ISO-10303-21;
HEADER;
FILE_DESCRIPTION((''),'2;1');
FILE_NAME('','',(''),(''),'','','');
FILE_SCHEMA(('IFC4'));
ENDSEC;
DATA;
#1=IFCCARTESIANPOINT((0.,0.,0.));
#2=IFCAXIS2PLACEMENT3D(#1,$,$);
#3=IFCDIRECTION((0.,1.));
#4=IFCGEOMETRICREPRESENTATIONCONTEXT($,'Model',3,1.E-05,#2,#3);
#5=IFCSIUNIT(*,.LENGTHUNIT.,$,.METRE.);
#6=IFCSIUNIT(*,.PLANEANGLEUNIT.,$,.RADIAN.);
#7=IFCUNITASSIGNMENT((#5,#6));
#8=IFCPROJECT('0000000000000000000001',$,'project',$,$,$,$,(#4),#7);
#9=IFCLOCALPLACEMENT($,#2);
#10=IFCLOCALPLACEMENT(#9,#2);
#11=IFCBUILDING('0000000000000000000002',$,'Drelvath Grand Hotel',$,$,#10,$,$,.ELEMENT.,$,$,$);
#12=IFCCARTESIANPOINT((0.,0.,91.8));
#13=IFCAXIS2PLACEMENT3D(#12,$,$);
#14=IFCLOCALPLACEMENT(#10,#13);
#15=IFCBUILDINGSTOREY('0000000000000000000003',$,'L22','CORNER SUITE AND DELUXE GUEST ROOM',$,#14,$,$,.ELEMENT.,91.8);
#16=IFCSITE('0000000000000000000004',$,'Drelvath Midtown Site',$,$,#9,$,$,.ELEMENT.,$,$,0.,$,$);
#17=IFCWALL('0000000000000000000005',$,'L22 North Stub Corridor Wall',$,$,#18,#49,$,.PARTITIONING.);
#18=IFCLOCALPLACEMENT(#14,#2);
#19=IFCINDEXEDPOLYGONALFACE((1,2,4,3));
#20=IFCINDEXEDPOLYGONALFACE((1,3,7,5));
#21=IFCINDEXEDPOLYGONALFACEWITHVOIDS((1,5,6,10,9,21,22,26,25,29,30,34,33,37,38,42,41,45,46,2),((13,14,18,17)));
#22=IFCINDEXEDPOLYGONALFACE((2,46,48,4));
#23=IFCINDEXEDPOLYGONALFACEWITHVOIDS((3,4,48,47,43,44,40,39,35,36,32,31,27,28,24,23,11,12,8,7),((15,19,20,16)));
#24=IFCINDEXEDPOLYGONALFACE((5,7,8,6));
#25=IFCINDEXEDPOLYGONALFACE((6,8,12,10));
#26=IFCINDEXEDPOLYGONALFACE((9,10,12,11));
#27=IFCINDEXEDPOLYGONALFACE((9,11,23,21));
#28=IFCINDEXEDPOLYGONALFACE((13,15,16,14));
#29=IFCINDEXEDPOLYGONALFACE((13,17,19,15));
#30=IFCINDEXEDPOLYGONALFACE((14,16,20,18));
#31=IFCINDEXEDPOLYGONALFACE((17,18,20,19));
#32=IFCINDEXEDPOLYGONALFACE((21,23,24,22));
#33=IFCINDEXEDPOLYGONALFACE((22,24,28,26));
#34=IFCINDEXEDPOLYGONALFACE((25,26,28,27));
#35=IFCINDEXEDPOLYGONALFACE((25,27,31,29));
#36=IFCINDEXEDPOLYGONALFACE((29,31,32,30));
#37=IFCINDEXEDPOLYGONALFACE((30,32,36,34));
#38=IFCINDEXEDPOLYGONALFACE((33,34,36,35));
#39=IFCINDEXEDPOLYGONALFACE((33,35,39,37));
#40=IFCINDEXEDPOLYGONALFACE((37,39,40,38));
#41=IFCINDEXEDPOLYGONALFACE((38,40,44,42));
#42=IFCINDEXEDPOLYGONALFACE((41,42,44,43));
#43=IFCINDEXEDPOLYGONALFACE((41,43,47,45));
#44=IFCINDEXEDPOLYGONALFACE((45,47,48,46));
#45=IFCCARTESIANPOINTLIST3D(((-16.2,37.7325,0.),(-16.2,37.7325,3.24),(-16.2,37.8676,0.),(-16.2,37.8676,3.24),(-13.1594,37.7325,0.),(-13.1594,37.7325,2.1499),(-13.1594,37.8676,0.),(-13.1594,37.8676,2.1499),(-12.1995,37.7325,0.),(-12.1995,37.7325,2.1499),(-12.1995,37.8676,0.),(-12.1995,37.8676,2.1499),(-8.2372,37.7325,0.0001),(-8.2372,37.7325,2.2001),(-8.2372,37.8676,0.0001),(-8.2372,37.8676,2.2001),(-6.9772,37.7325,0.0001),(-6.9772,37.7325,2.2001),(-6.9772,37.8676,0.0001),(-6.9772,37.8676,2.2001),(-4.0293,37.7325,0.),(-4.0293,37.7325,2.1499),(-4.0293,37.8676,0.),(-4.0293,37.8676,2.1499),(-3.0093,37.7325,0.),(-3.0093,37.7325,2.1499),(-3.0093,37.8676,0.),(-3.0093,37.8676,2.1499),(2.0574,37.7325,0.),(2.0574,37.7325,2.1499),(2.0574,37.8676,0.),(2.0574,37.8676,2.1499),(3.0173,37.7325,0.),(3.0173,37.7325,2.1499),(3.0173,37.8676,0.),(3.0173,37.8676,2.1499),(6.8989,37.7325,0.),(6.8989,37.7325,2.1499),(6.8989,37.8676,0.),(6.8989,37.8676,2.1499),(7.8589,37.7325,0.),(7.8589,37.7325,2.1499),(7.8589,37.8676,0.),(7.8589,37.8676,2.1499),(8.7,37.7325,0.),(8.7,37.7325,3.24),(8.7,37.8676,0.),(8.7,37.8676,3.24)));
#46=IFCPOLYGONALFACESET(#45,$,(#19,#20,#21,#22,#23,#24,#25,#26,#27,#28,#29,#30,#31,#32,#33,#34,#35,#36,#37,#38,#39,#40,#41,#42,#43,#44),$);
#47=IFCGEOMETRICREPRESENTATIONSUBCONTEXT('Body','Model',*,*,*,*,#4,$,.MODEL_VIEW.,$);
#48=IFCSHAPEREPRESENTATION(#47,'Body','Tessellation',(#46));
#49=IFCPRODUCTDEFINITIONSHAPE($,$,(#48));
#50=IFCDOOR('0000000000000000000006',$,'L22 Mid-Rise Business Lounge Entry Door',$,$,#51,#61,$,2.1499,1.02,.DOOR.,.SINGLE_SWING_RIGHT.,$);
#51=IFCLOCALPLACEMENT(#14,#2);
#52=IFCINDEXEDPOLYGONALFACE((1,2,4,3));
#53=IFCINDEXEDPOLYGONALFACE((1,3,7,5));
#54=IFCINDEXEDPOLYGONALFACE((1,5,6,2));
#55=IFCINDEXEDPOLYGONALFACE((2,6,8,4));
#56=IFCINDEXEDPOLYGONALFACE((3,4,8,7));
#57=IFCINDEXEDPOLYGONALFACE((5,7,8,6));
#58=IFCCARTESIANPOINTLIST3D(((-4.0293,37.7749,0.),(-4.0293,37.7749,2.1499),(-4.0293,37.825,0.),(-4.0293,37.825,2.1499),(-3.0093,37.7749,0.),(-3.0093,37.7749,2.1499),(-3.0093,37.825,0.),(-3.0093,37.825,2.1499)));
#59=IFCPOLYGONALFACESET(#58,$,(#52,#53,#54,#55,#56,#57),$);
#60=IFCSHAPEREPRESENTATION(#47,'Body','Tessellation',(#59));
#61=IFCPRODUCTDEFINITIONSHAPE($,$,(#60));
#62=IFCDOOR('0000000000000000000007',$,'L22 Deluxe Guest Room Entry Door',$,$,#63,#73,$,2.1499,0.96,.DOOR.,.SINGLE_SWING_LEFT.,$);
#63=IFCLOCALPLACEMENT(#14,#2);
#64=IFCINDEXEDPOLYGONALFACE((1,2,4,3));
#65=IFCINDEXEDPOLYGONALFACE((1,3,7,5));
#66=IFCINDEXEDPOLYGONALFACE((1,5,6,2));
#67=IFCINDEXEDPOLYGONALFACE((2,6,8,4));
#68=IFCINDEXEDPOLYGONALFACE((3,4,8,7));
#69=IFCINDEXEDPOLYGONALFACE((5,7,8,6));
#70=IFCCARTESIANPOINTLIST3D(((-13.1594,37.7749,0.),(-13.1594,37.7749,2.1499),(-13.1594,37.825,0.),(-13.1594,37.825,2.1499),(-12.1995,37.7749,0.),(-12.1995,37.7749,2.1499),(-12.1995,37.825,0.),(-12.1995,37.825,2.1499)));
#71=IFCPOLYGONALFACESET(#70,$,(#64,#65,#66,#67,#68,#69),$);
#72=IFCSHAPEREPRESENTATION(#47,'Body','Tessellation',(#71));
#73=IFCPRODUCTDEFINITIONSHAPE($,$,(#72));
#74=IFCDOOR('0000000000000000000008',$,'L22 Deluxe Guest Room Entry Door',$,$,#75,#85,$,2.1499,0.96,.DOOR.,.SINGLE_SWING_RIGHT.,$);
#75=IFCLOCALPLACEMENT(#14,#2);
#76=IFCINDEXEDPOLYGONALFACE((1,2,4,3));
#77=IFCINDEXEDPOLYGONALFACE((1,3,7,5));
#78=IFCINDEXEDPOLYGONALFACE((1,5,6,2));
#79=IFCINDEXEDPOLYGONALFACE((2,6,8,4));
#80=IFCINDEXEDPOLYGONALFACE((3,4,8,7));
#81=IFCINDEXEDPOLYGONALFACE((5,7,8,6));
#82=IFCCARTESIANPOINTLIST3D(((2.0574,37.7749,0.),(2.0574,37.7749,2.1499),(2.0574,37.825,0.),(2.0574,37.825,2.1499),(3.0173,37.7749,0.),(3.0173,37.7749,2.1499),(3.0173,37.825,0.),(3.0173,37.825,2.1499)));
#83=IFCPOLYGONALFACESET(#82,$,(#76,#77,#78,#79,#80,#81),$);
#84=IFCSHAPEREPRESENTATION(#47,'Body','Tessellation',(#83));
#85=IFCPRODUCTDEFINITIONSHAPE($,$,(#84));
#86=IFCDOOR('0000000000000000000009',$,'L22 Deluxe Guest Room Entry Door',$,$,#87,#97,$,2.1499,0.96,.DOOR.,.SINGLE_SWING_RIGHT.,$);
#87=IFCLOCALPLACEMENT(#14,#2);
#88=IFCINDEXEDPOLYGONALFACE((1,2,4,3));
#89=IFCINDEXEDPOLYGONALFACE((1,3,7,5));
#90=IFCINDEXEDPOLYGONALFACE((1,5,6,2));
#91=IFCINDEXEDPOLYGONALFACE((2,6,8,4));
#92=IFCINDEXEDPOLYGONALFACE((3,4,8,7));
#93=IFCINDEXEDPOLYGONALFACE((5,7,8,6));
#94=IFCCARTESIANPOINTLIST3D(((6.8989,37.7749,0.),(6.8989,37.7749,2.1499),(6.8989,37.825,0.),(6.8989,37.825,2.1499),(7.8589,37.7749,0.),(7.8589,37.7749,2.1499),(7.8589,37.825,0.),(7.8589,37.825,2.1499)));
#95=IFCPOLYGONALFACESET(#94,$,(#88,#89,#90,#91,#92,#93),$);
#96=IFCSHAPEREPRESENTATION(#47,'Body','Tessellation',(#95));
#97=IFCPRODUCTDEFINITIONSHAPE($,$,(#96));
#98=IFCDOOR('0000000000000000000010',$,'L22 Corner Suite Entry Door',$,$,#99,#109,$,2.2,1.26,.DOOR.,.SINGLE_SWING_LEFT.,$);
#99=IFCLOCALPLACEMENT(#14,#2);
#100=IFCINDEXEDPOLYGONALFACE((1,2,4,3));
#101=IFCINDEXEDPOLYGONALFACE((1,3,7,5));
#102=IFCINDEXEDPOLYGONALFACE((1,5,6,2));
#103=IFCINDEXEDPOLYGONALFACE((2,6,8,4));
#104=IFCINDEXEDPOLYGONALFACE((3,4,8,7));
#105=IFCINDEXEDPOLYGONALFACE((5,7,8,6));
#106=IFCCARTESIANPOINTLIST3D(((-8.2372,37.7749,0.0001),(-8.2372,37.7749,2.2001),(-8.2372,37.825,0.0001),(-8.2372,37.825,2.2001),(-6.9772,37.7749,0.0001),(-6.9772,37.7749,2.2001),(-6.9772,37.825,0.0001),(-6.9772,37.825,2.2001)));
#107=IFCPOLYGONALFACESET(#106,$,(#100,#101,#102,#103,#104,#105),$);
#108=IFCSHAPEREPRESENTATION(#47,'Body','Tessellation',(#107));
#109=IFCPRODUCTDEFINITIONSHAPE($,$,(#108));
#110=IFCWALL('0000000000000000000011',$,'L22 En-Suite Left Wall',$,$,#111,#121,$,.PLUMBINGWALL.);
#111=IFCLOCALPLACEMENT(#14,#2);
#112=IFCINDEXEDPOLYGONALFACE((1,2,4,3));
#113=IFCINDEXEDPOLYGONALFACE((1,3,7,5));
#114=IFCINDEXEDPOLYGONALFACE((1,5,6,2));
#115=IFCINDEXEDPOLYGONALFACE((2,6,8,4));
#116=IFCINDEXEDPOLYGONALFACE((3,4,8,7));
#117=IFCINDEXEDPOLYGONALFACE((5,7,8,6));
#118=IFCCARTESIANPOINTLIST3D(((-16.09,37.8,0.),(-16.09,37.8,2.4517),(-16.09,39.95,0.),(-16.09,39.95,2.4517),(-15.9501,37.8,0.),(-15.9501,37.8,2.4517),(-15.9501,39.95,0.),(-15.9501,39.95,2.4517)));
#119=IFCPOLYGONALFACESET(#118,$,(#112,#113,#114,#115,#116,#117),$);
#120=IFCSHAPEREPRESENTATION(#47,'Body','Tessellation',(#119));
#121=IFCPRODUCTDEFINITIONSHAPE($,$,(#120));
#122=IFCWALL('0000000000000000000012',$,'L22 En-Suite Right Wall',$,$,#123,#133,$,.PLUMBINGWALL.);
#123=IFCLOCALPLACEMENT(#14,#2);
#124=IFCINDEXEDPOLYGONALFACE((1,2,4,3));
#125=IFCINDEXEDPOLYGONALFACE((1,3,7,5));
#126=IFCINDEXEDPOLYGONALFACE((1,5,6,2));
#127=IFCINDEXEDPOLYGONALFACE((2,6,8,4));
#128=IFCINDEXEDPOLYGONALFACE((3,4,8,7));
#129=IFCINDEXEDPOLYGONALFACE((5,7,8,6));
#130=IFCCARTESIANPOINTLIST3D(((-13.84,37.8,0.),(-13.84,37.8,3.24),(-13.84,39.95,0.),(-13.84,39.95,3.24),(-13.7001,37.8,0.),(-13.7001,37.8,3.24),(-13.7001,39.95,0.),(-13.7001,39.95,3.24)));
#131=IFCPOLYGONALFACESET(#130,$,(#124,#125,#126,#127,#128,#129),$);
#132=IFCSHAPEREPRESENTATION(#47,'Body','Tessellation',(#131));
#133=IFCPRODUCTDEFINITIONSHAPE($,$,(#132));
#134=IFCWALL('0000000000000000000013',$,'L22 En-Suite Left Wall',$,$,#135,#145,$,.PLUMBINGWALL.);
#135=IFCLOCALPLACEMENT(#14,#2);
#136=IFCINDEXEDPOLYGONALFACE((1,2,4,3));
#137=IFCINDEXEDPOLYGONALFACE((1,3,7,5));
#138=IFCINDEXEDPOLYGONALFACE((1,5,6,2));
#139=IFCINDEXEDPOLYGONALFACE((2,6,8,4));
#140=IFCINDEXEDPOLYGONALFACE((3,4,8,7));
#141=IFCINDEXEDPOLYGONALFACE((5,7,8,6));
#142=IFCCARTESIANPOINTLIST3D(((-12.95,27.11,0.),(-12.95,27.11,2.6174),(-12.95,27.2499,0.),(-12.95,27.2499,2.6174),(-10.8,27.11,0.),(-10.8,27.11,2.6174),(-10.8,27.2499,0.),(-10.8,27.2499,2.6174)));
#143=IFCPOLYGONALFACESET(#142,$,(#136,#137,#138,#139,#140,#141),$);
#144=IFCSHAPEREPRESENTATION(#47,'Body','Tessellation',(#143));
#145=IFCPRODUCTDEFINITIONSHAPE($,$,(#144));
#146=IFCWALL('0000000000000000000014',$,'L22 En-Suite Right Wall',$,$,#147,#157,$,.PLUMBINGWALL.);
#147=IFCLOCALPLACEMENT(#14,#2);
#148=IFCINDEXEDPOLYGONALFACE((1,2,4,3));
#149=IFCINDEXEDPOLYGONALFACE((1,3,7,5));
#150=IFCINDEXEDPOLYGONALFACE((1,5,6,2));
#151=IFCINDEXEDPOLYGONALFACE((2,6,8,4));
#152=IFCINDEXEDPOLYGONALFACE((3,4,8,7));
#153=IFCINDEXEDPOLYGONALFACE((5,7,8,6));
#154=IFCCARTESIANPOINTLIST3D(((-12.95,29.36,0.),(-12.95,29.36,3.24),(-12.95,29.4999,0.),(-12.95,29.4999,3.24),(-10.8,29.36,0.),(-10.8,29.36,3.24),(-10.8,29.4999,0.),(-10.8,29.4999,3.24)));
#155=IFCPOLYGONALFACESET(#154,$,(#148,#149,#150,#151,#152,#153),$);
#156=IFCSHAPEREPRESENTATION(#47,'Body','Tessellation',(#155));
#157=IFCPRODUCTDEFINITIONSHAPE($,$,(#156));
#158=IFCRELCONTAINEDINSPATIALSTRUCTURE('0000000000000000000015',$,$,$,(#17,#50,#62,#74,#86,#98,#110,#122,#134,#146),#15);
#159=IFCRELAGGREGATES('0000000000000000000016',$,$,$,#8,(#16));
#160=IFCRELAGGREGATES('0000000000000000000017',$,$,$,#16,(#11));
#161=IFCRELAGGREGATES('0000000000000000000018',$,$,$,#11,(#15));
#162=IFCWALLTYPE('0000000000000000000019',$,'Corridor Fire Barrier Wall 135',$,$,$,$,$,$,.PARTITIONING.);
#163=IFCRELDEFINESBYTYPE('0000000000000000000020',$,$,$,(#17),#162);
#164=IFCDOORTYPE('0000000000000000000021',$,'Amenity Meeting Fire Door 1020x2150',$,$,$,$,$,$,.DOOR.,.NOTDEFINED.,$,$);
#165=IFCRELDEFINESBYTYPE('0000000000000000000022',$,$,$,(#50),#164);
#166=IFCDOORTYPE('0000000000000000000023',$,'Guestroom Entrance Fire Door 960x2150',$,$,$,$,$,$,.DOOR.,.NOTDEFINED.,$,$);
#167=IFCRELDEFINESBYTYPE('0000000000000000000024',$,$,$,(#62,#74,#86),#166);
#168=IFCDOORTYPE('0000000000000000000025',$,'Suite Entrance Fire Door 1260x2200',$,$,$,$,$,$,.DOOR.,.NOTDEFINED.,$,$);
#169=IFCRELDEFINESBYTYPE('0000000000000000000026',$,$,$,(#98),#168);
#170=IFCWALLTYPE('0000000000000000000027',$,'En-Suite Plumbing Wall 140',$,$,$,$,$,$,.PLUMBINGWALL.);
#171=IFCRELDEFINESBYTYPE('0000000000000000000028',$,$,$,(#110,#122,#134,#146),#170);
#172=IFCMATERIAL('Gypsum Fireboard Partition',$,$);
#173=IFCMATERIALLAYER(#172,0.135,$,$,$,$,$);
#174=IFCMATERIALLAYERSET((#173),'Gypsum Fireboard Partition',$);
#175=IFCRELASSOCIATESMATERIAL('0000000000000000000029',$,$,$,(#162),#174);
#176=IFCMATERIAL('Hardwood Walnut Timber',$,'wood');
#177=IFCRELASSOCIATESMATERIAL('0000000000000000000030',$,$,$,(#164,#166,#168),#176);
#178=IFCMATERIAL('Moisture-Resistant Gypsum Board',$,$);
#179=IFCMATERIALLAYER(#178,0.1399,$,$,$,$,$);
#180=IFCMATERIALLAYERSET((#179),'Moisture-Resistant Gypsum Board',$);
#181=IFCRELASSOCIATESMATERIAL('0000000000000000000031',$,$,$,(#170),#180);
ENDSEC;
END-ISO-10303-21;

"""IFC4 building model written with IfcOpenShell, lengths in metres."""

from ifc_helpers import new_model, si_unit, direction, frame, frame_2d, origin, place, context, subcontext, project, spatial, rectangle, extrude, material, layer, layer_set, type_object, element, fill, save


model = new_model("IFC4")

# Units and contexts
model_context = context("Model", 3, precision=1e-05, world=origin(), true_north=direction((0.0, 1.0)))
body_context = subcontext(model_context, "Body", "Model", "MODEL_VIEW")
ifc_project = project(units=[si_unit("LENGTHUNIT", "METRE"), si_unit("PLANEANGLEUNIT", "RADIAN")], contexts=[model_context])

# Site, building, storey
site_placement = place(None, origin())
site = spatial("IfcSite", under=ifc_project, at=site_placement, Name="Drelvath Midtown Site", CompositionType="ELEMENT", RefElevation=0.0)
building_placement = place(site_placement, origin())
building = spatial("IfcBuilding", under=site, at=building_placement, Name="Drelvath Grand Hotel", CompositionType="ELEMENT")
storey_placement = place(building_placement, frame((0.0, 0.0, 91.8)))
storey = spatial("IfcBuildingStorey", under=building, at=storey_placement, Name="L22", Description="CORNER SUITE AND DELUXE GUEST ROOM", CompositionType="ELEMENT", Elevation=91.8)

# Shared definitions
ifc_material_1 = material(Name="Gypsum Fireboard Partition")
ifc_layer_1 = layer(ifc_material_1, 0.135)
ifc_layer_set_1 = layer_set([ifc_layer_1], Name="Gypsum Fireboard Partition")
wall_type_1 = type_object("IfcWallType", Name="Corridor Fire Barrier Wall 135", PredefinedType="PARTITIONING", material=ifc_layer_set_1)

# Wall, openings, doors
wall_1_placement = place(storey_placement, frame((-16.2, 37.8, 0.0), z_axis=(0.0, 0.0, 1.0), x_axis=(1.0, 0.0, 0.0)))
wall_1 = element("IfcWall", 1, at=wall_1_placement, inside=storey, type_object=wall_type_1, Name="L22 North Stub Corridor Wall", PredefinedType="PARTITIONING", context=body_context, shape_type="SweptSolid", body=[
    extrude(rectangle(XDim=24.8999, YDim=0.135, at=frame_2d((12.45, 0.0))), origin(), (0.0, 0.0, 1.0), 3.24),
])
opening_1_placement = place(wall_1_placement, frame((3.0405, 0.0, 0.0)))
opening_1 = element("IfcOpeningElement", 2, at=opening_1_placement, cuts=wall_1, PredefinedType="OPENING", context=body_context, shape_type="SweptSolid", body=[
    extrude(rectangle(XDim=0.96, YDim=2.1499, at=frame_2d((0.48, 1.075))), frame((0.0, 0.0774, 0.0), z_axis=(0.0, -1.0, 0.0), x_axis=(1.0, 0.0, 0.0)), (0.0, 0.0, 1.0), 0.155),
])
opening_2_placement = place(wall_1_placement, frame((7.9629, 0.0, 0.0)))
opening_2 = element("IfcOpeningElement", 3, at=opening_2_placement, cuts=wall_1, PredefinedType="OPENING", context=body_context, shape_type="SweptSolid", body=[
    extrude(rectangle(XDim=1.26, YDim=2.2, at=frame_2d((0.6299, 1.1001))), frame((0.0, 0.0774, 0.0), z_axis=(0.0, -1.0, 0.0), x_axis=(1.0, 0.0, 0.0)), (0.0, 0.0, 1.0), 0.155),
])
opening_3_placement = place(wall_1_placement, frame((12.1707, 0.0, 0.0)))
opening_3 = element("IfcOpeningElement", 4, at=opening_3_placement, cuts=wall_1, PredefinedType="OPENING", context=body_context, shape_type="SweptSolid", body=[
    extrude(rectangle(XDim=1.02, YDim=2.1499, at=frame_2d((0.51, 1.075))), frame((0.0, 0.0774, 0.0), z_axis=(0.0, -1.0, 0.0), x_axis=(1.0, 0.0, 0.0)), (0.0, 0.0, 1.0), 0.155),
])
opening_4_placement = place(wall_1_placement, frame((18.2573, 0.0, 0.0)))
opening_4 = element("IfcOpeningElement", 5, at=opening_4_placement, cuts=wall_1, PredefinedType="OPENING", context=body_context, shape_type="SweptSolid", body=[
    extrude(rectangle(XDim=0.96, YDim=2.1499, at=frame_2d((0.48, 1.075))), frame((0.0, 0.0774, 0.0), z_axis=(0.0, -1.0, 0.0), x_axis=(1.0, 0.0, 0.0)), (0.0, 0.0, 1.0), 0.155),
])
opening_5_placement = place(wall_1_placement, frame((23.0989, 0.0, 0.0)))
opening_5 = element("IfcOpeningElement", 6, at=opening_5_placement, cuts=wall_1, PredefinedType="OPENING", context=body_context, shape_type="SweptSolid", body=[
    extrude(rectangle(XDim=0.96, YDim=2.1499, at=frame_2d((0.48, 1.075))), frame((0.0, 0.0774, 0.0), z_axis=(0.0, -1.0, 0.0), x_axis=(1.0, 0.0, 0.0)), (0.0, 0.0, 1.0), 0.155),
])
ifc_material_2 = material(Name="Hardwood Walnut Timber", Category="wood")
door_type_1 = type_object("IfcDoorType", Name="Amenity Meeting Fire Door 1020x2150", OperationType="NOTDEFINED", PredefinedType="DOOR", material=ifc_material_2)
door_1_placement = place(opening_3_placement, origin())
door_1 = element("IfcDoor", 7, at=door_1_placement, inside=storey, type_object=door_type_1, Name="L22 Mid-Rise Business Lounge Entry Door", OperationType="SINGLE_SWING_RIGHT", OverallHeight=2.1499, OverallWidth=1.02, PredefinedType="DOOR", context=body_context, shape_type="SweptSolid", body=[
    extrude(rectangle(XDim=1.02, YDim=2.1499, at=frame_2d((0.51, 1.075))), frame((0.0, 0.0249, 0.0), z_axis=(0.0, -1.0, 0.0), x_axis=(1.0, 0.0, 0.0)), (0.0, 0.0, 1.0), 0.05),
])
fill(opening_3, door_1)
door_type_2 = type_object("IfcDoorType", Name="Guestroom Entrance Fire Door 960x2150", OperationType="NOTDEFINED", PredefinedType="DOOR", material=ifc_material_2)
door_2_placement = place(opening_1_placement, origin())
door_2 = element("IfcDoor", 8, at=door_2_placement, inside=storey, type_object=door_type_2, Name="L22 Deluxe Guest Room Entry Door", OperationType="SINGLE_SWING_LEFT", OverallHeight=2.1499, OverallWidth=0.96, PredefinedType="DOOR", context=body_context, shape_type="SweptSolid", body=[
    extrude(rectangle(XDim=0.96, YDim=2.1499, at=frame_2d((0.48, 1.075))), frame((0.0, 0.0249, 0.0), z_axis=(0.0, -1.0, 0.0), x_axis=(1.0, 0.0, 0.0)), (0.0, 0.0, 1.0), 0.05),
])
fill(opening_1, door_2)
door_3_placement = place(opening_4_placement, origin())
door_3 = element("IfcDoor", 9, at=door_3_placement, inside=storey, type_object=door_type_2, Name="L22 Deluxe Guest Room Entry Door", OperationType="SINGLE_SWING_RIGHT", OverallHeight=2.1499, OverallWidth=0.96, PredefinedType="DOOR", context=body_context, shape_type="SweptSolid", body=[
    extrude(rectangle(XDim=0.96, YDim=2.1499, at=frame_2d((0.48, 1.075))), frame((0.0, 0.0249, 0.0), z_axis=(0.0, -1.0, 0.0), x_axis=(1.0, 0.0, 0.0)), (0.0, 0.0, 1.0), 0.05),
])
fill(opening_4, door_3)
door_4_placement = place(opening_5_placement, origin())
door_4 = element("IfcDoor", 10, at=door_4_placement, inside=storey, type_object=door_type_2, Name="L22 Deluxe Guest Room Entry Door", OperationType="SINGLE_SWING_RIGHT", OverallHeight=2.1499, OverallWidth=0.96, PredefinedType="DOOR", context=body_context, shape_type="SweptSolid", body=[
    extrude(rectangle(XDim=0.96, YDim=2.1499, at=frame_2d((0.48, 1.075))), frame((0.0, 0.0249, 0.0), z_axis=(0.0, -1.0, 0.0), x_axis=(1.0, 0.0, 0.0)), (0.0, 0.0, 1.0), 0.05),
])
fill(opening_5, door_4)
door_type_3 = type_object("IfcDoorType", Name="Suite Entrance Fire Door 1260x2200", OperationType="NOTDEFINED", PredefinedType="DOOR", material=ifc_material_2)
door_5_placement = place(opening_2_placement, origin())
door_5 = element("IfcDoor", 11, at=door_5_placement, inside=storey, type_object=door_type_3, Name="L22 Corner Suite Entry Door", OperationType="SINGLE_SWING_LEFT", OverallHeight=2.2, OverallWidth=1.26, PredefinedType="DOOR", context=body_context, shape_type="SweptSolid", body=[
    extrude(rectangle(XDim=1.26, YDim=2.2, at=frame_2d((0.6299, 1.1001))), frame((0.0, 0.0249, 0.0), z_axis=(0.0, -1.0, 0.0), x_axis=(1.0, 0.0, 0.0)), (0.0, 0.0, 1.0), 0.05),
])
fill(opening_2, door_5)

# Walls
ifc_material_3 = material(Name="Moisture-Resistant Gypsum Board")
ifc_layer_2 = layer(ifc_material_3, 0.1399)
ifc_layer_set_2 = layer_set([ifc_layer_2], Name="Moisture-Resistant Gypsum Board")
wall_type_2 = type_object("IfcWallType", Name="En-Suite Plumbing Wall 140", PredefinedType="PLUMBINGWALL", material=ifc_layer_set_2)
wall_2_placement = place(storey_placement, frame((-16.02, 37.8, 0.0), z_axis=(0.0, 0.0, 1.0), x_axis=(0.0, 1.0, 0.0)))
element("IfcWall", 12, at=wall_2_placement, inside=storey, type_object=wall_type_2, Name="L22 En-Suite Left Wall", PredefinedType="PLUMBINGWALL", context=body_context, shape_type="SweptSolid", body=[
    extrude(rectangle(XDim=2.1499, YDim=0.1399, at=frame_2d((1.075, 0.0))), origin(), (0.0, 0.0, 1.0), 2.4517),
])
wall_3_placement = place(storey_placement, frame((-13.77, 37.8, 0.0), z_axis=(0.0, 0.0, 1.0), x_axis=(0.0, 1.0, 0.0)))
element("IfcWall", 13, at=wall_3_placement, inside=storey, type_object=wall_type_2, Name="L22 En-Suite Right Wall", PredefinedType="PLUMBINGWALL", context=body_context, shape_type="SweptSolid", body=[
    extrude(rectangle(XDim=2.1499, YDim=0.1399, at=frame_2d((1.075, 0.0))), origin(), (0.0, 0.0, 1.0), 3.24),
])
wall_4_placement = place(storey_placement, frame((-10.8, 27.1799, 0.0), z_axis=(0.0, 0.0, 1.0), x_axis=(-1.0, 0.0, 0.0)))
element("IfcWall", 14, at=wall_4_placement, inside=storey, type_object=wall_type_2, Name="L22 En-Suite Left Wall", PredefinedType="PLUMBINGWALL", context=body_context, shape_type="SweptSolid", body=[
    extrude(rectangle(XDim=2.1499, YDim=0.1399, at=frame_2d((1.075, 0.0))), origin(), (0.0, 0.0, 1.0), 2.6174),
])
wall_5_placement = place(storey_placement, frame((-10.8, 29.4299, 0.0), z_axis=(0.0, 0.0, 1.0), x_axis=(-1.0, 0.0, 0.0)))
element("IfcWall", 15, at=wall_5_placement, inside=storey, type_object=wall_type_2, Name="L22 En-Suite Right Wall", PredefinedType="PLUMBINGWALL", context=body_context, shape_type="SweptSolid", body=[
    extrude(rectangle(XDim=2.1499, YDim=0.1399, at=frame_2d((1.075, 0.0))), origin(), (0.0, 0.0, 1.0), 3.24),
])

save(model, "model.ifc")
